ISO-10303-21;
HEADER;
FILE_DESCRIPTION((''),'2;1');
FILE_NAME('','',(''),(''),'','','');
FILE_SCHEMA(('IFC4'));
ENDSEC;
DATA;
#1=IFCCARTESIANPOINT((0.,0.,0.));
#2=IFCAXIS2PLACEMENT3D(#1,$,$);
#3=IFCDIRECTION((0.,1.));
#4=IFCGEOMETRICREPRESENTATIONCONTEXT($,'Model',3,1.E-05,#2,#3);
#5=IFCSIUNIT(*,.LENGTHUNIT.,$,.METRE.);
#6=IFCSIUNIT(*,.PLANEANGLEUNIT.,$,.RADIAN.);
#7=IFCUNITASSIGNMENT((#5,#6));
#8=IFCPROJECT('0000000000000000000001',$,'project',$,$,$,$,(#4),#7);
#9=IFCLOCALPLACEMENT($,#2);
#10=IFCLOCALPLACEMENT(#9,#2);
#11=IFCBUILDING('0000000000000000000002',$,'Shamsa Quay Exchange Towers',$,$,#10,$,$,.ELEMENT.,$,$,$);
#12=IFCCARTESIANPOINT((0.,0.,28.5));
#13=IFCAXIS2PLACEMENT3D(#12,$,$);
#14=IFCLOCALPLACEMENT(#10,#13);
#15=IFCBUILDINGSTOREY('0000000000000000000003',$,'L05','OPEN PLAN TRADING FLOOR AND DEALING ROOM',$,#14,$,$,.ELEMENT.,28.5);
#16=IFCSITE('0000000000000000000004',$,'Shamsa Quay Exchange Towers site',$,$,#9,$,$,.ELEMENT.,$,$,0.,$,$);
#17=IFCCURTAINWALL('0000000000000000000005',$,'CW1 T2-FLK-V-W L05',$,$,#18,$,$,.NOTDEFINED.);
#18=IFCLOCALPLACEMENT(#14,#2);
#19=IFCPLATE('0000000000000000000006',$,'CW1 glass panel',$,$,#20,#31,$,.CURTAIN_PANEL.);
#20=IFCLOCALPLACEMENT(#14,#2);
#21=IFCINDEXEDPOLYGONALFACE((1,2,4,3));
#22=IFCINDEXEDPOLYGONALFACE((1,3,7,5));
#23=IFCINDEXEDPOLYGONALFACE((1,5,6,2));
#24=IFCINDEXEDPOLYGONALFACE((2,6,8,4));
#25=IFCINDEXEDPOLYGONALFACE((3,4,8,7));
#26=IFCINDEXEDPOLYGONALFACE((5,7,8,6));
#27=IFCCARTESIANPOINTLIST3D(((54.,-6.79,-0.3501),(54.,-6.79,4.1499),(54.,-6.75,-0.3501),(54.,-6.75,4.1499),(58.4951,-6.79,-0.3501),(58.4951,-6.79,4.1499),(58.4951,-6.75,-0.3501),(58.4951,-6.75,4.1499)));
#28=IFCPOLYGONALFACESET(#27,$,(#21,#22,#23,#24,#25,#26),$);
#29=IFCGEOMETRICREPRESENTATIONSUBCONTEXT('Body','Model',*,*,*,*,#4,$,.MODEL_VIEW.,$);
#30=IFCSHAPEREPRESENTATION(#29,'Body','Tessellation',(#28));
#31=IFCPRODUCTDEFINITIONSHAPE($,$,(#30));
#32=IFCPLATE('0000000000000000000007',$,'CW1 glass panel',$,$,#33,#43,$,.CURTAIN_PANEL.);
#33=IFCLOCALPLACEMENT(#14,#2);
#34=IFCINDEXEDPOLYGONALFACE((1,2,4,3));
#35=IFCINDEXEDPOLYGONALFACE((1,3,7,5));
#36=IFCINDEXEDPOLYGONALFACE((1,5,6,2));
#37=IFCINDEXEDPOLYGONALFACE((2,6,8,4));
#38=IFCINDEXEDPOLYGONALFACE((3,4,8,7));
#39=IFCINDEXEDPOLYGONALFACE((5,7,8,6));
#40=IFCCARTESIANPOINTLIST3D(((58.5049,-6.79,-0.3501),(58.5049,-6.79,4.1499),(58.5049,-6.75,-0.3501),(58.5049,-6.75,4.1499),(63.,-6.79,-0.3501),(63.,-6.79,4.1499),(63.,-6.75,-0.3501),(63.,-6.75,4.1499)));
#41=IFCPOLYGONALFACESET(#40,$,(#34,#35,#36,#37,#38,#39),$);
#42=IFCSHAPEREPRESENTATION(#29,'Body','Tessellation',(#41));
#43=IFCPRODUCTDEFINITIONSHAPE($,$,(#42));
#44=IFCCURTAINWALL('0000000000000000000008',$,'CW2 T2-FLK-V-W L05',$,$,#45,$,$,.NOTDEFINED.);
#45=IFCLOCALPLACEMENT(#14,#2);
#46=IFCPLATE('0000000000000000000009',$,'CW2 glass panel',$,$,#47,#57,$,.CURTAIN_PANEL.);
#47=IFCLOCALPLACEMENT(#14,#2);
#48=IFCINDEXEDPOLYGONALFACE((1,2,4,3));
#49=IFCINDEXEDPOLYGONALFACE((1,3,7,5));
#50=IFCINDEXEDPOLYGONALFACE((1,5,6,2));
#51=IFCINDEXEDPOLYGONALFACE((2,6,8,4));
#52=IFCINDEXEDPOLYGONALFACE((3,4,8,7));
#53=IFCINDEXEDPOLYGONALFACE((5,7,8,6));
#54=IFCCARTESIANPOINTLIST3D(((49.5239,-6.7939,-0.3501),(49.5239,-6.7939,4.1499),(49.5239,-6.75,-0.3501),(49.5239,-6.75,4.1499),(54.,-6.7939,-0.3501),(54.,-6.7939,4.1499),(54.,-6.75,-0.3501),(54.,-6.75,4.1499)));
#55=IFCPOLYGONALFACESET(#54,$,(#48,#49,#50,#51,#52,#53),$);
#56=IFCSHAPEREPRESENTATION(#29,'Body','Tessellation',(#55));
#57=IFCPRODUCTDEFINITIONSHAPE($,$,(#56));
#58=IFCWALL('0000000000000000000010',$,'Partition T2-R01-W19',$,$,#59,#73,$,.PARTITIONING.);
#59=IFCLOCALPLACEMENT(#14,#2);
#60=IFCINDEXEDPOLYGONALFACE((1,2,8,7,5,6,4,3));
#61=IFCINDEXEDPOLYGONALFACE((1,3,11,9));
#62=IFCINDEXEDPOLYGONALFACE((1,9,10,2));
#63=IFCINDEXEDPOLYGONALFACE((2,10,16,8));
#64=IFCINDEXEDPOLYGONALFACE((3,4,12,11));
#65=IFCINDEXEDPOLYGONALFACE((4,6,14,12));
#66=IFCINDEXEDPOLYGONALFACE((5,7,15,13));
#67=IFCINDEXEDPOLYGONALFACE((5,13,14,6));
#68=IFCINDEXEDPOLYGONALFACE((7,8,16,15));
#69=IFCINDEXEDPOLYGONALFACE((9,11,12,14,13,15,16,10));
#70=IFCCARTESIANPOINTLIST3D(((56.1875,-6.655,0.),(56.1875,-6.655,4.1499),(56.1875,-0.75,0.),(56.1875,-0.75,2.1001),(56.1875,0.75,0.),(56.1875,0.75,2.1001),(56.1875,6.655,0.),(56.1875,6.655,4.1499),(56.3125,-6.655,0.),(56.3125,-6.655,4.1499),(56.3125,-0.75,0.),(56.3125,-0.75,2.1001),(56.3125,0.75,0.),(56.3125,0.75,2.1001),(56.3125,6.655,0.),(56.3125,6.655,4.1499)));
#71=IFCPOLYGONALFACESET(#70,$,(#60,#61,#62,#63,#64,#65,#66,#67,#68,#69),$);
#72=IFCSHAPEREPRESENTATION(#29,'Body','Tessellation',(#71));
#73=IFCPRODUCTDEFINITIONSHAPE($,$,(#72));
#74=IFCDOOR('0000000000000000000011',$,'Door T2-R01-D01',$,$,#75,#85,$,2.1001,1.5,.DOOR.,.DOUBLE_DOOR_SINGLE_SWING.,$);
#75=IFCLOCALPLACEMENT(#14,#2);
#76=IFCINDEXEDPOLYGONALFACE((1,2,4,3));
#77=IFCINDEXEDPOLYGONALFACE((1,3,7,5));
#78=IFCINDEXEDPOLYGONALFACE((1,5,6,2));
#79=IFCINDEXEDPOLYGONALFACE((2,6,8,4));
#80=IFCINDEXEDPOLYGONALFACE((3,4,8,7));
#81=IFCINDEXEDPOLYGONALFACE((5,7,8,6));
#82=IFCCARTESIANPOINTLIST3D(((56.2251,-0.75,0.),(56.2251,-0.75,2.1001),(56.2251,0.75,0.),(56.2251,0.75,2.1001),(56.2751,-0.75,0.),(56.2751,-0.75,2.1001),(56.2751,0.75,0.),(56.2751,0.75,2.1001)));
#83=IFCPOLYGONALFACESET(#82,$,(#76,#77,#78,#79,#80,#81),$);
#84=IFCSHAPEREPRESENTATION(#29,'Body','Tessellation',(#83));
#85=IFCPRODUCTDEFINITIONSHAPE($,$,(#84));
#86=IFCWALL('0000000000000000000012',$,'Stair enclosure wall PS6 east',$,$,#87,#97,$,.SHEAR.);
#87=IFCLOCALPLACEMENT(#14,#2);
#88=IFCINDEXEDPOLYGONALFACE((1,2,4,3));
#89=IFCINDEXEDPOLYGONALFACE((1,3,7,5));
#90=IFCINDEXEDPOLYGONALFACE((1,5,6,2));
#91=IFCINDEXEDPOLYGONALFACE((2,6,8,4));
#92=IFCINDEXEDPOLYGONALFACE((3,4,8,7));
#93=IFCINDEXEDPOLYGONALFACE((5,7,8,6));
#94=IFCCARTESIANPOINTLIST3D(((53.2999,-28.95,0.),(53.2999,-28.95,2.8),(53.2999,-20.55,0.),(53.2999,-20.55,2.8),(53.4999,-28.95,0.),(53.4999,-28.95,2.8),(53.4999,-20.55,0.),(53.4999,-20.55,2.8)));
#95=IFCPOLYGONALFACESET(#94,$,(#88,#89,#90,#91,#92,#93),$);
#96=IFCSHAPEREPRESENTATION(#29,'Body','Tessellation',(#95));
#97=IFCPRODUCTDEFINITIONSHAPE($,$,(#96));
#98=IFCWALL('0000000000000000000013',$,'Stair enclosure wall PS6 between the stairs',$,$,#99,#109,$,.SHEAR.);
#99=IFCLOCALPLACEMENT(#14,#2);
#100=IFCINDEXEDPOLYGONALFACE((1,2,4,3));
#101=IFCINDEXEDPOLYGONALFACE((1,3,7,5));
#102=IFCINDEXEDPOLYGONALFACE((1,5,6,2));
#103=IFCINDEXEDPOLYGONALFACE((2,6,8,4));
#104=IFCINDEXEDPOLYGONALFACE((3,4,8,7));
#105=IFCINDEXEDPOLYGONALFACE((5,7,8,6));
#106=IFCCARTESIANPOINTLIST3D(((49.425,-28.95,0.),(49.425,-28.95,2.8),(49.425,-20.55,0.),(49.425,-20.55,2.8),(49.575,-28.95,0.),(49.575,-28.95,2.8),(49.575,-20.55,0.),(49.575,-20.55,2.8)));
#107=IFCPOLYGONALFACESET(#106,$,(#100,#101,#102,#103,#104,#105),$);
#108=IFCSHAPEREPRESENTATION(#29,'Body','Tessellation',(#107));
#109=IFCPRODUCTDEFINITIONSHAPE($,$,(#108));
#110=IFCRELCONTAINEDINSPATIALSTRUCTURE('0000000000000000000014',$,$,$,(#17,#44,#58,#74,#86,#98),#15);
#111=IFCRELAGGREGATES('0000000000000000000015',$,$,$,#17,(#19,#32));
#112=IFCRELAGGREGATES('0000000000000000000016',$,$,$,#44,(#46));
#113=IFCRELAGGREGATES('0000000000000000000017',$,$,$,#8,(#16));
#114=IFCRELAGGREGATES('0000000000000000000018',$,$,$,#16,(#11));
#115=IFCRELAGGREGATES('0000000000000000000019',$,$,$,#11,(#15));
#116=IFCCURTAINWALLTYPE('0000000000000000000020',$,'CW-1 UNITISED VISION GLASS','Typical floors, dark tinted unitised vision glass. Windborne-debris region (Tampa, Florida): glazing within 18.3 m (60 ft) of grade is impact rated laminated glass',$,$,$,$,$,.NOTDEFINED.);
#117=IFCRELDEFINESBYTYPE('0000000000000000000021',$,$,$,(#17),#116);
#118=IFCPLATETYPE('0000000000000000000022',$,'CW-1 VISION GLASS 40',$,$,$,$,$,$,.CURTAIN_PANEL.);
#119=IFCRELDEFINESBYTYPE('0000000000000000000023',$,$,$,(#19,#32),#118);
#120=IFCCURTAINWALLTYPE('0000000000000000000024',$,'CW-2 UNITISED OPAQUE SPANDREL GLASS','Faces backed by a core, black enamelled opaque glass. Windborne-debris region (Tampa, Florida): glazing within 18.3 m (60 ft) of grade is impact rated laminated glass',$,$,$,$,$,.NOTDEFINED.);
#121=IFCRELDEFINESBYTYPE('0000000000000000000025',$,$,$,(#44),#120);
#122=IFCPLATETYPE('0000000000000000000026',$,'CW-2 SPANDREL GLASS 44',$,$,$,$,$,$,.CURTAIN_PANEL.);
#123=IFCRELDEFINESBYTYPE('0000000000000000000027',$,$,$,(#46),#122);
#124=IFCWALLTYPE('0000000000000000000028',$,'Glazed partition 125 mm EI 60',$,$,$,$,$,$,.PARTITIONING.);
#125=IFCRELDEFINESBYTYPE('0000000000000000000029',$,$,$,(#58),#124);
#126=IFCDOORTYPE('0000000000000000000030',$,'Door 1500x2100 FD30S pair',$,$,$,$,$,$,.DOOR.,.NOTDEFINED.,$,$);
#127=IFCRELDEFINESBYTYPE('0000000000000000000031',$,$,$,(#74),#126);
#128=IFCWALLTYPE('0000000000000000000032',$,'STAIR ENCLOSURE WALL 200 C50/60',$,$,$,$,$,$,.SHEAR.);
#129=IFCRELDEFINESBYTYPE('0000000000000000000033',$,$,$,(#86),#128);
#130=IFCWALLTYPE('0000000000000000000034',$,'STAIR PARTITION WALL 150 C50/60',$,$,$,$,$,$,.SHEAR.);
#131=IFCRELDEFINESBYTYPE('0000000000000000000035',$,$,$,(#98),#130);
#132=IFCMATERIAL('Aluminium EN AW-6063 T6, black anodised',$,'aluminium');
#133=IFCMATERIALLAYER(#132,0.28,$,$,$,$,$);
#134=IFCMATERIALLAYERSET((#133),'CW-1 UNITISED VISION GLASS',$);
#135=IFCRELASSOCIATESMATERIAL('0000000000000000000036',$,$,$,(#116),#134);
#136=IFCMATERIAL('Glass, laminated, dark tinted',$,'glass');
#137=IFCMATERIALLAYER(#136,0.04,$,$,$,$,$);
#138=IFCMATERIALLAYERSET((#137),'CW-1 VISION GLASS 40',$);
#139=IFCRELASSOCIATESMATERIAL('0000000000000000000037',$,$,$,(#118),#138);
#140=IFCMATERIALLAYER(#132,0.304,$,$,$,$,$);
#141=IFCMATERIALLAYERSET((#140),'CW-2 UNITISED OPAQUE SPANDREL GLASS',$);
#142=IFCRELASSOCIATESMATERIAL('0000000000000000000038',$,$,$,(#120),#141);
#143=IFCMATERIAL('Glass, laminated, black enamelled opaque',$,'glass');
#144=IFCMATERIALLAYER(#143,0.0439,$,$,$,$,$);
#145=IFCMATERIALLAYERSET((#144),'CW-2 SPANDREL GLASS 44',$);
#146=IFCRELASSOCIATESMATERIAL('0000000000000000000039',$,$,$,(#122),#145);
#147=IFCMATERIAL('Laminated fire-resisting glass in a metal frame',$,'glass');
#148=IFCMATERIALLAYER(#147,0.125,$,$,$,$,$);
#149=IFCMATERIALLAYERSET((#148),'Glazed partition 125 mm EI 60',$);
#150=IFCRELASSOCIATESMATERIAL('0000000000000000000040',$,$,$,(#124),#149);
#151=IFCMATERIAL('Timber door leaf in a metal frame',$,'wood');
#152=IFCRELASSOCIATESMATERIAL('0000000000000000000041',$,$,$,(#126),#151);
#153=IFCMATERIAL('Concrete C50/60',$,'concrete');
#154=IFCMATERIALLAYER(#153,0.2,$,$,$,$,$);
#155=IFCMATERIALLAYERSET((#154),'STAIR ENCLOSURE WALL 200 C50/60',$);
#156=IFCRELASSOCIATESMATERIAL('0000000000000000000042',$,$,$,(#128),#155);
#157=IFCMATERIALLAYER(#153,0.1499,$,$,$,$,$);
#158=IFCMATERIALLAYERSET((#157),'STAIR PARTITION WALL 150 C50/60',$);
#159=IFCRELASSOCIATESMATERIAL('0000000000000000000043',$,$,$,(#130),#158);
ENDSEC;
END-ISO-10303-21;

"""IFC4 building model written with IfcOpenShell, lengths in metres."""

from ifc_helpers import new_model, si_unit, direction, frame, frame_2d, origin, origin_2d, place, context, subcontext, project, spatial, rectangle, extrude, material, layer, layer_set, type_object, element, fill, aggregate, save


model = new_model("IFC4")

# Units and contexts
model_context = context("Model", 3, precision=1e-05, world=origin(), true_north=direction((0.0, 1.0)))
body_context = subcontext(model_context, "Body", "Model", "MODEL_VIEW")
ifc_project = project(units=[si_unit("LENGTHUNIT", "METRE"), si_unit("PLANEANGLEUNIT", "RADIAN")], contexts=[model_context])

# Site, building, storey
site_placement = place(None, origin())
site = spatial("IfcSite", under=ifc_project, at=site_placement, Name="Shamsa Quay Exchange Towers site", CompositionType="ELEMENT", RefElevation=0.0)
building_placement = place(site_placement, origin())
building = spatial("IfcBuilding", under=site, at=building_placement, Name="Shamsa Quay Exchange Towers", CompositionType="ELEMENT")
storey_placement = place(building_placement, frame((0.0, 0.0, 28.5)))
storey = spatial("IfcBuildingStorey", under=building, at=storey_placement, Name="L05", Description="OPEN PLAN TRADING FLOOR AND DEALING ROOM", CompositionType="ELEMENT", Elevation=28.5)

# Curtain wall, plates
ifc_material_1 = material(Name="Aluminium EN AW-6063 T6, black anodised", Category="aluminium")
ifc_layer_1 = layer(ifc_material_1, 0.28)
ifc_layer_set_1 = layer_set([ifc_layer_1], Name="CW-1 UNITISED VISION GLASS")
curtain_wall_type_1 = type_object("IfcCurtainWallType", Name="CW-1 UNITISED VISION GLASS", Description="Typical floors, dark tinted unitised vision glass. Windborne-debris region (Tampa, Florida): glazing within 18.3 m (60 ft) of grade is impact rated laminated glass", PredefinedType="NOTDEFINED", material=ifc_layer_set_1)
curtain_wall_1_placement = place(storey_placement, origin())
curtain_wall_1 = element("IfcCurtainWall", 1, at=curtain_wall_1_placement, inside=storey, type_object=curtain_wall_type_1, Name="CW1 T2-FLK-V-W L05", PredefinedType="NOTDEFINED")
ifc_material_2 = material(Name="Glass, laminated, dark tinted", Category="glass")
ifc_layer_2 = layer(ifc_material_2, 0.04)
ifc_layer_set_2 = layer_set([ifc_layer_2], Name="CW-1 VISION GLASS 40")
plate_type_1 = type_object("IfcPlateType", Name="CW-1 VISION GLASS 40", PredefinedType="CURTAIN_PANEL", material=ifc_layer_set_2)
plate_1_placement = place(storey_placement, frame((56.2476, -6.77, -0.3501)))
plate_1 = element("IfcPlate", 2, at=plate_1_placement, type_object=plate_type_1, Name="CW1 glass panel", PredefinedType="CURTAIN_PANEL", context=body_context, shape_type="SweptSolid", body=[
    extrude(rectangle(XDim=4.4951, YDim=0.04, at=origin_2d()), origin(), (0.0, 0.0, 1.0), 4.5),
])
plate_2_placement = place(storey_placement, frame((60.7524, -6.77, -0.3501)))
plate_2 = element("IfcPlate", 3, at=plate_2_placement, type_object=plate_type_1, Name="CW1 glass panel", PredefinedType="CURTAIN_PANEL", context=body_context, shape_type="SweptSolid", body=[
    extrude(rectangle(XDim=4.4951, YDim=0.04, at=origin_2d()), origin(), (0.0, 0.0, 1.0), 4.5),
])
aggregate(curtain_wall_1, [plate_1, plate_2])

# Curtain wall, plate
ifc_layer_3 = layer(ifc_material_1, 0.304)
ifc_layer_set_3 = layer_set([ifc_layer_3], Name="CW-2 UNITISED OPAQUE SPANDREL GLASS")
curtain_wall_type_2 = type_object("IfcCurtainWallType", Name="CW-2 UNITISED OPAQUE SPANDREL GLASS", Description="Faces backed by a core, black enamelled opaque glass. Windborne-debris region (Tampa, Florida): glazing within 18.3 m (60 ft) of grade is impact rated laminated glass", PredefinedType="NOTDEFINED", material=ifc_layer_set_3)
curtain_wall_2_placement = place(storey_placement, origin())
curtain_wall_2 = element("IfcCurtainWall", 4, at=curtain_wall_2_placement, inside=storey, type_object=curtain_wall_type_2, Name="CW2 T2-FLK-V-W L05", PredefinedType="NOTDEFINED")
ifc_material_3 = material(Name="Glass, laminated, black enamelled opaque", Category="glass")
ifc_layer_4 = layer(ifc_material_3, 0.0439)
ifc_layer_set_4 = layer_set([ifc_layer_4], Name="CW-2 SPANDREL GLASS 44")
plate_type_2 = type_object("IfcPlateType", Name="CW-2 SPANDREL GLASS 44", PredefinedType="CURTAIN_PANEL", material=ifc_layer_set_4)
plate_3_placement = place(storey_placement, frame((51.762, -6.772, -0.3501)))
plate_3 = element("IfcPlate", 5, at=plate_3_placement, type_object=plate_type_2, Name="CW2 glass panel", PredefinedType="CURTAIN_PANEL", context=body_context, shape_type="SweptSolid", body=[
    extrude(rectangle(XDim=4.4761, YDim=0.0439, at=origin_2d()), origin(), (0.0, 0.0, 1.0), 4.5),
])
aggregate(curtain_wall_2, [plate_3])

# Wall, opening, door
ifc_material_4 = material(Name="Laminated fire-resisting glass in a metal frame", Category="glass")
ifc_layer_5 = layer(ifc_material_4, 0.125)
ifc_layer_set_5 = layer_set([ifc_layer_5], Name="Glazed partition 125 mm EI 60")
wall_type_1 = type_object("IfcWallType", Name="Glazed partition 125 mm EI 60", PredefinedType="PARTITIONING", material=ifc_layer_set_5)
wall_1_placement = place(storey_placement, frame((56.25, -6.655, 0.0), z_axis=(0.0, 0.0, 1.0), x_axis=(0.0, 1.0, 0.0)))
wall_1 = element("IfcWall", 6, at=wall_1_placement, inside=storey, type_object=wall_type_1, Name="Partition T2-R01-W19", PredefinedType="PARTITIONING", context=body_context, shape_type="SweptSolid", body=[
    extrude(rectangle(XDim=13.3101, YDim=0.125, at=frame_2d((6.655, 0.0))), origin(), (0.0, 0.0, 1.0), 4.1499),
])
opening_1_placement = place(wall_1_placement, frame((5.905, 0.0, 0.0)))
opening_1 = element("IfcOpeningElement", 7, at=opening_1_placement, cuts=wall_1, PredefinedType="OPENING", context=body_context, shape_type="SweptSolid", body=[
    extrude(rectangle(XDim=1.5, YDim=2.1001, at=frame_2d((0.75, 1.05))), frame((0.0, 0.0725, 0.0), z_axis=(0.0, -1.0, 0.0), x_axis=(1.0, 0.0, 0.0)), (0.0, 0.0, 1.0), 0.145),
])
ifc_material_5 = material(Name="Timber door leaf in a metal frame", Category="wood")
door_type_1 = type_object("IfcDoorType", Name="Door 1500x2100 FD30S pair", OperationType="NOTDEFINED", PredefinedType="DOOR", material=ifc_material_5)
door_1_placement = place(opening_1_placement, origin())
door_1 = element("IfcDoor", 8, at=door_1_placement, inside=storey, type_object=door_type_1, Name="Door T2-R01-D01", OperationType="DOUBLE_DOOR_SINGLE_SWING", OverallHeight=2.1001, OverallWidth=1.5, PredefinedType="DOOR", context=body_context, shape_type="SweptSolid", body=[
    extrude(rectangle(XDim=1.5, YDim=2.1001, at=frame_2d((0.75, 1.05))), frame((0.0, 0.0249, 0.0), z_axis=(0.0, -1.0, 0.0), x_axis=(1.0, 0.0, 0.0)), (0.0, 0.0, 1.0), 0.05),
])
fill(opening_1, door_1)

# Shared definitions
ifc_material_6 = material(Name="Concrete C50/60", Category="concrete")
ifc_layer_6 = layer(ifc_material_6, 0.2)
ifc_layer_set_6 = layer_set([ifc_layer_6], Name="STAIR ENCLOSURE WALL 200 C50/60")
wall_type_2 = type_object("IfcWallType", Name="STAIR ENCLOSURE WALL 200 C50/60", PredefinedType="SHEAR", material=ifc_layer_set_6)

# Walls
wall_2_placement = place(storey_placement, frame((53.3999, -28.95, 0.0), z_axis=(0.0, 0.0, 1.0), x_axis=(0.0, 1.0, 0.0)))
element("IfcWall", 9, at=wall_2_placement, inside=storey, type_object=wall_type_2, Name="Stair enclosure wall PS6 east", PredefinedType="SHEAR", context=body_context, shape_type="SweptSolid", body=[
    extrude(rectangle(XDim=8.3999, YDim=0.2, at=frame_2d((4.2, 0.0))), origin(), (0.0, 0.0, 1.0), 2.8),
])
ifc_layer_7 = layer(ifc_material_6, 0.1499)
ifc_layer_set_7 = layer_set([ifc_layer_7], Name="STAIR PARTITION WALL 150 C50/60")
wall_type_3 = type_object("IfcWallType", Name="STAIR PARTITION WALL 150 C50/60", PredefinedType="SHEAR", material=ifc_layer_set_7)
wall_3_placement = place(storey_placement, frame((49.5, -28.95, 0.0), z_axis=(0.0, 0.0, 1.0), x_axis=(0.0, 1.0, 0.0)))
element("IfcWall", 10, at=wall_3_placement, inside=storey, type_object=wall_type_3, Name="Stair enclosure wall PS6 between the stairs", PredefinedType="SHEAR", context=body_context, shape_type="SweptSolid", body=[
    extrude(rectangle(XDim=8.3999, YDim=0.1499, at=frame_2d((4.2, 0.0))), origin(), (0.0, 0.0, 1.0), 2.8),
])

save(model, "model.ifc")
